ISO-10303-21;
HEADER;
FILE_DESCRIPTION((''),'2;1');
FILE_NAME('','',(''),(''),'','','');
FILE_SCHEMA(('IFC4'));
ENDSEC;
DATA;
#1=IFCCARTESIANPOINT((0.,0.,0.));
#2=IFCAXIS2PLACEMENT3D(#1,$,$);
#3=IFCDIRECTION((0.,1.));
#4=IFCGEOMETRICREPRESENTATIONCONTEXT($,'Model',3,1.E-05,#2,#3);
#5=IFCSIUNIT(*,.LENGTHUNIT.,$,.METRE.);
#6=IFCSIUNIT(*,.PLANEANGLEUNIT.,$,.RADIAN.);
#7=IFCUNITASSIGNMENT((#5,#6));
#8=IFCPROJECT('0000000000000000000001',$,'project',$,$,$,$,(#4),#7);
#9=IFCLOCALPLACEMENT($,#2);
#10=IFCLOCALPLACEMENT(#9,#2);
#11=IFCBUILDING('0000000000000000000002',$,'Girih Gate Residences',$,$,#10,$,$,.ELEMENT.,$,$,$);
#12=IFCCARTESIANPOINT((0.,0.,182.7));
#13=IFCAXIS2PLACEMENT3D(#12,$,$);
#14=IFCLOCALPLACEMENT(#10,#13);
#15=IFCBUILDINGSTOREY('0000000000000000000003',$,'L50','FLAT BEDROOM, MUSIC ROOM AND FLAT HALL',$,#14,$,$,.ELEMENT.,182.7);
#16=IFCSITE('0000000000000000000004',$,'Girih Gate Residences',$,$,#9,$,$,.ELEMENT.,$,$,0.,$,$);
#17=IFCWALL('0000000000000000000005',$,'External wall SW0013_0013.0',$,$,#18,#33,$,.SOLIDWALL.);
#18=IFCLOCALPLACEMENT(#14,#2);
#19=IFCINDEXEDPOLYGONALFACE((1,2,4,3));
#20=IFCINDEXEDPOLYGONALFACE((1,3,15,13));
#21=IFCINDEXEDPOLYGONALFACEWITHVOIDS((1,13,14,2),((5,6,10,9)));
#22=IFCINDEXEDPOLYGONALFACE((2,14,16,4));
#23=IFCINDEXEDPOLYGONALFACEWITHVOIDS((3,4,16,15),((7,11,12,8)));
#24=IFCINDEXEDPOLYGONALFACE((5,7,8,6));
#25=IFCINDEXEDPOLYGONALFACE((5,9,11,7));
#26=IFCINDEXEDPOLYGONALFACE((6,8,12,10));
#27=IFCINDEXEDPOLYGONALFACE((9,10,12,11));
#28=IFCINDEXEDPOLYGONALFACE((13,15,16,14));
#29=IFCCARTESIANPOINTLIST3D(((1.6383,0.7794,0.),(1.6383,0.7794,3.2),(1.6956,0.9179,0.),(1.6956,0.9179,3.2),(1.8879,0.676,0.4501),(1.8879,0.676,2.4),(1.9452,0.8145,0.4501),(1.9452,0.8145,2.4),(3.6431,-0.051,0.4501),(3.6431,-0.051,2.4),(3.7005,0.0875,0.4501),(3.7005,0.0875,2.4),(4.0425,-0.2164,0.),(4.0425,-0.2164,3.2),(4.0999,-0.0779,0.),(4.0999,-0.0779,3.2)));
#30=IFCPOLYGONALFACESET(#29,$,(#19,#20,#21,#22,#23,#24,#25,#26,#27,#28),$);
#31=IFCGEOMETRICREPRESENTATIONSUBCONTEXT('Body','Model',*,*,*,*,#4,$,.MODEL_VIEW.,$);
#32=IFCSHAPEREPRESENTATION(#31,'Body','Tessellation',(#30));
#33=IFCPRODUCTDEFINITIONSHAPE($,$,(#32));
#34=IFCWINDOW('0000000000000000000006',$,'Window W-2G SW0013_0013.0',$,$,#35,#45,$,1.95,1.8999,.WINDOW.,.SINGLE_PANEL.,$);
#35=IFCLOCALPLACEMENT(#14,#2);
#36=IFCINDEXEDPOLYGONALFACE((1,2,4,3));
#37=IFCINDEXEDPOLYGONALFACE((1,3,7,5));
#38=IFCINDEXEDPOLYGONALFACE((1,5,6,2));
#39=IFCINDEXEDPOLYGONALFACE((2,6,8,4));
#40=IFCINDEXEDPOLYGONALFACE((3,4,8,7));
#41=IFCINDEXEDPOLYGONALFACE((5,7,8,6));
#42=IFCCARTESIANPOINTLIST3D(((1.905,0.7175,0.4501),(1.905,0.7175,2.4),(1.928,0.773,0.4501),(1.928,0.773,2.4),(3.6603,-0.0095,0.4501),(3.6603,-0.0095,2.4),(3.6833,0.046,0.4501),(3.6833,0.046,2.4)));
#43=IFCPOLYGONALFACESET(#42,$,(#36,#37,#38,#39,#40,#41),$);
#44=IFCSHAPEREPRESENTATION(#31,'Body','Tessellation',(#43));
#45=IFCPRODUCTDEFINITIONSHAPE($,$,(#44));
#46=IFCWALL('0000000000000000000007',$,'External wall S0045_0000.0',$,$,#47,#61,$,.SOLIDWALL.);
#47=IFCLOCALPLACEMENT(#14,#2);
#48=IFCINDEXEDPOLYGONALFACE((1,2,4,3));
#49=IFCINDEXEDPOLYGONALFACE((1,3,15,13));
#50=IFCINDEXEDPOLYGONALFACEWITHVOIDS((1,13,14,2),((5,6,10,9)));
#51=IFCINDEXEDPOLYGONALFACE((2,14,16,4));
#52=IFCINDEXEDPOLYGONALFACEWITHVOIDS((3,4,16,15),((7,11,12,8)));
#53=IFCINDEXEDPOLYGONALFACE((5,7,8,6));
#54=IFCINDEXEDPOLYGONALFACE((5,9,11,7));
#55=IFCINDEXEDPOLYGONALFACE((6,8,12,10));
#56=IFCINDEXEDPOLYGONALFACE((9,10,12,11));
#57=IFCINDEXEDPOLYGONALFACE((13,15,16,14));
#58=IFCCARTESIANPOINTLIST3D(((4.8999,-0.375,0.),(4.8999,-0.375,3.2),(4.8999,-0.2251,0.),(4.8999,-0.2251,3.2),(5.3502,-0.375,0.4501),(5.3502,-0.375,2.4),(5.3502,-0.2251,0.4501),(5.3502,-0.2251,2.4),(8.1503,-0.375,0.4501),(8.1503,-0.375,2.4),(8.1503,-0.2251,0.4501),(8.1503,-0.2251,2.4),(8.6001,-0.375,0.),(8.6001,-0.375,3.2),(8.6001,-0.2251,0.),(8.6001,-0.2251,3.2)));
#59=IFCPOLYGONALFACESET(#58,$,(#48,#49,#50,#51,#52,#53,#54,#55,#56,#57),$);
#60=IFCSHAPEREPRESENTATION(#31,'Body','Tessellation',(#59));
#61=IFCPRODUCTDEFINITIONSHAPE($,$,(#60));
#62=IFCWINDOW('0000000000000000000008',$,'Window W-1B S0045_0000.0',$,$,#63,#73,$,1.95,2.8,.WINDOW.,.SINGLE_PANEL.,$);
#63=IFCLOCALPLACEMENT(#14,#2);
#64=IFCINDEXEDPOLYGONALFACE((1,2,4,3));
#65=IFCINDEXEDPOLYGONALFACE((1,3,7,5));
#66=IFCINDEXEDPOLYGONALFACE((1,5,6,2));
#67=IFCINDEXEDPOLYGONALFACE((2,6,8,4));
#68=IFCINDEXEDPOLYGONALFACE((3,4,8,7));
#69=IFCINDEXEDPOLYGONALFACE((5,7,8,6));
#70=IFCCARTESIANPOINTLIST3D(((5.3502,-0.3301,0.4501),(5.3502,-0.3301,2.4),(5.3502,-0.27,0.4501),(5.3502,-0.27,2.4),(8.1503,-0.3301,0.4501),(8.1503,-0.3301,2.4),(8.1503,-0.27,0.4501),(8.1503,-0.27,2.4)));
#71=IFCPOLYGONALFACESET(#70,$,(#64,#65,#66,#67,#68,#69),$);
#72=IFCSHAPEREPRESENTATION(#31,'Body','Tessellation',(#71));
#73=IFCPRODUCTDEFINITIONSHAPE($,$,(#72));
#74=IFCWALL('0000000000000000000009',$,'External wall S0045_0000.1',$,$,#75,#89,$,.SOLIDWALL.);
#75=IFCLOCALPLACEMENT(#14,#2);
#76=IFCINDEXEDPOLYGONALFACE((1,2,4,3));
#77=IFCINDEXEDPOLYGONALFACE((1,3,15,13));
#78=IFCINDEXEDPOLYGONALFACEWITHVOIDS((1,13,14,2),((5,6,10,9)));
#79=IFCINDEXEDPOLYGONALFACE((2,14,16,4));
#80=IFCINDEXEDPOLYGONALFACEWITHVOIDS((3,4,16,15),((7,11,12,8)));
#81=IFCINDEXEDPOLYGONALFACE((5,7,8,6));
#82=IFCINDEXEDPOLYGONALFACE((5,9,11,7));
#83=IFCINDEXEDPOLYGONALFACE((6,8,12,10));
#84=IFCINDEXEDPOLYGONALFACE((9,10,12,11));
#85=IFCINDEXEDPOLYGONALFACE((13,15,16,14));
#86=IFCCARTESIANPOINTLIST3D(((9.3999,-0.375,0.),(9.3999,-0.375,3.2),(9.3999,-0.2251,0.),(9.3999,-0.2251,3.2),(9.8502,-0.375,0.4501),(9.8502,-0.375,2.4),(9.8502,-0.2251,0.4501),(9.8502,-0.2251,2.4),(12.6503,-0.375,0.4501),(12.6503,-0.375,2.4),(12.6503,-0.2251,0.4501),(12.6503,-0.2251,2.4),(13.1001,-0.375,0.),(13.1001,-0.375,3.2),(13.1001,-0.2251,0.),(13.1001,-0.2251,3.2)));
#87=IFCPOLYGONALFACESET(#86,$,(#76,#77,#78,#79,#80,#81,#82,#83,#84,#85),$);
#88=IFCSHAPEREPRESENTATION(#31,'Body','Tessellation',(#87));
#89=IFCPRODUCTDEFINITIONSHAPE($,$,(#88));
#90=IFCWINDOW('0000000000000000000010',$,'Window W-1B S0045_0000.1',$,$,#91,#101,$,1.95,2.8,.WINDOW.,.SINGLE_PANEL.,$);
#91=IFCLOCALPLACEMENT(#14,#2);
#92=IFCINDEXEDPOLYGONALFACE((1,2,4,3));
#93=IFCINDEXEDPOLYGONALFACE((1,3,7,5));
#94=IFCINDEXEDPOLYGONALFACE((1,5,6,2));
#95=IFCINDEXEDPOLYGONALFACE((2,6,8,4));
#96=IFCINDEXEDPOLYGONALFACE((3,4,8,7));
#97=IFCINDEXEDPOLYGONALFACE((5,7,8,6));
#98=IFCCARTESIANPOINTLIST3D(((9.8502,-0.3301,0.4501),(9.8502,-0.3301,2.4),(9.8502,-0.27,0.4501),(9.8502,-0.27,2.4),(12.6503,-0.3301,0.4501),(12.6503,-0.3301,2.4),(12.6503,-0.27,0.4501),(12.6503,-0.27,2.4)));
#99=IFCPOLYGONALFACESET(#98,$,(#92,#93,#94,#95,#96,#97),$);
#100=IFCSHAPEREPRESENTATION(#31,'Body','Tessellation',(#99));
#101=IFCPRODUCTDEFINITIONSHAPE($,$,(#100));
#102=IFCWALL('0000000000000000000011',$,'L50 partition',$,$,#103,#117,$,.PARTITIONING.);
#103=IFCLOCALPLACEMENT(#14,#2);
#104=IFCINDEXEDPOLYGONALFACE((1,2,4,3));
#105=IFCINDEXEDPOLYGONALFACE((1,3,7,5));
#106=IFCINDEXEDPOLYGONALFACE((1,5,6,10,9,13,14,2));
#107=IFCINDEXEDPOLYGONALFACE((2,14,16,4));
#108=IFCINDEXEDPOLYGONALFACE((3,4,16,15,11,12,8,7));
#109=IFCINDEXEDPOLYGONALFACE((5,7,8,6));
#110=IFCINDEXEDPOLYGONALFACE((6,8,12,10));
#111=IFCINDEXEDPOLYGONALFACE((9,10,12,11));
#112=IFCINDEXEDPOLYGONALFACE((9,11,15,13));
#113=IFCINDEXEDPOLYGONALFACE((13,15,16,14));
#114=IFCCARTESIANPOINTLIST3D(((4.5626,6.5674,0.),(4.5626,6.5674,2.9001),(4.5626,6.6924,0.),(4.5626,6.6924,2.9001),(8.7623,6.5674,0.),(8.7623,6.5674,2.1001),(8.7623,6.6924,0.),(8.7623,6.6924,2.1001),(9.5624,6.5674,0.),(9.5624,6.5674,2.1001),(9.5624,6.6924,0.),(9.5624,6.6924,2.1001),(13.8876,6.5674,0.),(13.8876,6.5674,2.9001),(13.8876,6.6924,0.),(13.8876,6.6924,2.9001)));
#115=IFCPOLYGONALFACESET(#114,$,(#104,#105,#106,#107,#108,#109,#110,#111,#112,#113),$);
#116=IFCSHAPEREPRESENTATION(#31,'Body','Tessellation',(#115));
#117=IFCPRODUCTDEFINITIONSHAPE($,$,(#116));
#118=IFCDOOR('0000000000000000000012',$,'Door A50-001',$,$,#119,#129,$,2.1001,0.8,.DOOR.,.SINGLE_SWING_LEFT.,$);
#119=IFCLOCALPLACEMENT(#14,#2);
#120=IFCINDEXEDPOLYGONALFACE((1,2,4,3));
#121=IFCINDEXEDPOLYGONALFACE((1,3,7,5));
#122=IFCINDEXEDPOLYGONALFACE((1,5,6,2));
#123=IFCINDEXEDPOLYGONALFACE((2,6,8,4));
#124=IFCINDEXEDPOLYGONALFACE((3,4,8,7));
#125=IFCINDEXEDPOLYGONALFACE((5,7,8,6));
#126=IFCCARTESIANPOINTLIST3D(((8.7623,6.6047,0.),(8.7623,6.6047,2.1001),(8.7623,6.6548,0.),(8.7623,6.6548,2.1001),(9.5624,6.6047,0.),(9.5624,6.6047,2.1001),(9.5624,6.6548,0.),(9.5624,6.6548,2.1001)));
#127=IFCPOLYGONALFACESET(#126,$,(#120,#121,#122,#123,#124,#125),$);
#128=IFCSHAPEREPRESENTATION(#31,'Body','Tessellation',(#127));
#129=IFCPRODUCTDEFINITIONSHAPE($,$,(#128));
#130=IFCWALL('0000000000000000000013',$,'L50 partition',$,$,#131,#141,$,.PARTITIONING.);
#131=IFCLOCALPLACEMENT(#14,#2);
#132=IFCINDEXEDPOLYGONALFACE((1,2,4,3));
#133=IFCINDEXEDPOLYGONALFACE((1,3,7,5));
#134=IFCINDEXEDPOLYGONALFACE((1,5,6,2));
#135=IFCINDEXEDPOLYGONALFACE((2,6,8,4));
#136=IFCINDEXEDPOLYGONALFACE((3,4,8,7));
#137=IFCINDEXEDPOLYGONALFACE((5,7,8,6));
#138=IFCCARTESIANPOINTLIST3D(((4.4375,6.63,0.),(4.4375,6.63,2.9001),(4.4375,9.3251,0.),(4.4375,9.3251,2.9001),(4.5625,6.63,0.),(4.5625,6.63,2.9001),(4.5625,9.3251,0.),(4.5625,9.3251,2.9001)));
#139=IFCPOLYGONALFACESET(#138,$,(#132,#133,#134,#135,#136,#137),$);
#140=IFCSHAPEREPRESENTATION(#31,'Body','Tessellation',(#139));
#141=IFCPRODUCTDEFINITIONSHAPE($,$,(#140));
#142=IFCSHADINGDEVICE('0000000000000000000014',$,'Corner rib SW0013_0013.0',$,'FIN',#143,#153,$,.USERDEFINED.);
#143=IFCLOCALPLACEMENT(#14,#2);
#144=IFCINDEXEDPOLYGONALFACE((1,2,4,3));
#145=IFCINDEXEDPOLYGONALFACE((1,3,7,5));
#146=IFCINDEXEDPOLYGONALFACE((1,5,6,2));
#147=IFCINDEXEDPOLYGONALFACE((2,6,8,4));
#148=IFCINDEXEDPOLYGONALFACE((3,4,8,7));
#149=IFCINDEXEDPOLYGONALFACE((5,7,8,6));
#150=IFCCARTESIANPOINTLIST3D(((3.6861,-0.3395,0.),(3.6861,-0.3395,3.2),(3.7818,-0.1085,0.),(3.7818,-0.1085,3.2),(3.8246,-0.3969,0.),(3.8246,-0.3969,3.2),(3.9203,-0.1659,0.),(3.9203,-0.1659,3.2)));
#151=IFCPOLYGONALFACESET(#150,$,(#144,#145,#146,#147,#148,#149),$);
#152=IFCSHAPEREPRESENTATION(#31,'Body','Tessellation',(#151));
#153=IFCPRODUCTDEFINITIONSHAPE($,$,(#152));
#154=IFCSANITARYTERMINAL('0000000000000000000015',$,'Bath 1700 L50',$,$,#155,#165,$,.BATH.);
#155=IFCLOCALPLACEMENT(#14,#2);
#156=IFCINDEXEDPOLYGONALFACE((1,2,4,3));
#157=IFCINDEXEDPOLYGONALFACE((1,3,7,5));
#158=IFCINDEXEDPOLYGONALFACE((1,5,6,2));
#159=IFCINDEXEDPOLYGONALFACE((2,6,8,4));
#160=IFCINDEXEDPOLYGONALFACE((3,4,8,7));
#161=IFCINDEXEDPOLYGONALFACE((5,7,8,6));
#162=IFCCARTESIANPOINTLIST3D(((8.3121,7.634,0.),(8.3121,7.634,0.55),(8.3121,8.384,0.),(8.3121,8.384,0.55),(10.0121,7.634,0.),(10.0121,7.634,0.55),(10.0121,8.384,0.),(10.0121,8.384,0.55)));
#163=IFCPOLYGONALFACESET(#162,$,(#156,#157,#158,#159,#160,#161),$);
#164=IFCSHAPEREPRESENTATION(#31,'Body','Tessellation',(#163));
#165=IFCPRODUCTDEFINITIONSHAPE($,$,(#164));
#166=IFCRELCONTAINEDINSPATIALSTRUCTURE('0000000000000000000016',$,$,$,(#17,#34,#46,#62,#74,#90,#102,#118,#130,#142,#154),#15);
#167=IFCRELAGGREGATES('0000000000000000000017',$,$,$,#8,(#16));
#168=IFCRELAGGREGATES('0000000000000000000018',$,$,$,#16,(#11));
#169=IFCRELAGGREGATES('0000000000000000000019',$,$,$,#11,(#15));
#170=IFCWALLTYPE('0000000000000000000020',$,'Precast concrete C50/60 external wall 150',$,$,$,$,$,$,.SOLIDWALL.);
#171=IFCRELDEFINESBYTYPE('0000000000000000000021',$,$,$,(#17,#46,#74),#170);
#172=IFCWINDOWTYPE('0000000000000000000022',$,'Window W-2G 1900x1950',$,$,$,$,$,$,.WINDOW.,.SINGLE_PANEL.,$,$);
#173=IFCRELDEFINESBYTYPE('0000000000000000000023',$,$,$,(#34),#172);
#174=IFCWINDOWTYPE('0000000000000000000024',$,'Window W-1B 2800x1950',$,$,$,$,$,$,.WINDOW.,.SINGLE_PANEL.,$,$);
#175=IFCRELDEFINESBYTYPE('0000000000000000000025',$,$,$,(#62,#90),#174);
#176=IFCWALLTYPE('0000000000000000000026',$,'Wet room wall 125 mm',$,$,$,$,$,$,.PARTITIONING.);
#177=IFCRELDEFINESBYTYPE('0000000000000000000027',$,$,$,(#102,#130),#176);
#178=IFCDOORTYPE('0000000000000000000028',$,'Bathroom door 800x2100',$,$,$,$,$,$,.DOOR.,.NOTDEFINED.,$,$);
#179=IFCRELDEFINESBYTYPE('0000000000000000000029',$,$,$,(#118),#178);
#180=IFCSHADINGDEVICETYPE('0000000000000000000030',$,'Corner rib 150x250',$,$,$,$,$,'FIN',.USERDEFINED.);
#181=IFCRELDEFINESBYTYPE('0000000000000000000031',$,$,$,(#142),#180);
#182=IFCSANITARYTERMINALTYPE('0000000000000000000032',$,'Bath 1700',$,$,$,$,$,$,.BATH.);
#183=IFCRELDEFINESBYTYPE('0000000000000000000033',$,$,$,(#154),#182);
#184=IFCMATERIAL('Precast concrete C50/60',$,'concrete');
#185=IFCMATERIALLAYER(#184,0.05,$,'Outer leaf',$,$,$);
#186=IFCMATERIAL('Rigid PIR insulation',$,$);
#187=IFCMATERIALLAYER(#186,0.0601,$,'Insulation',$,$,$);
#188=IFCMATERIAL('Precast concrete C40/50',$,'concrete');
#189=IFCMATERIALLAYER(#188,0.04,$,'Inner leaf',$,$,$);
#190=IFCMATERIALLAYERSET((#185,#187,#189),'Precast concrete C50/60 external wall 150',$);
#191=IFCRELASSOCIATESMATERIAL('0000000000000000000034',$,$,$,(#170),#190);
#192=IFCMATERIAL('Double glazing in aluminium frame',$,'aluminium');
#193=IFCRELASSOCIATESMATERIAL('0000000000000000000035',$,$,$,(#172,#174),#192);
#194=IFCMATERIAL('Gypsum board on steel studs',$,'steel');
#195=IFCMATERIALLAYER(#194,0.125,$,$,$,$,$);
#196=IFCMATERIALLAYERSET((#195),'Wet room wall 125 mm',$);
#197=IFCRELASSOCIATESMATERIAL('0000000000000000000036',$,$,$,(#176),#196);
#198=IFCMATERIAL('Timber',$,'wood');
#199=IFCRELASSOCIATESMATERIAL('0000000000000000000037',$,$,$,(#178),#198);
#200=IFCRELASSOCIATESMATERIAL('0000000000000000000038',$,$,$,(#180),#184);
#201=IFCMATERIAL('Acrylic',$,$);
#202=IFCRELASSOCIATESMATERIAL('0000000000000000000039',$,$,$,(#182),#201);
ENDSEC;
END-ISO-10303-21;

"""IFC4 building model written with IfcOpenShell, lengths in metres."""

from ifc_helpers import new_model, si_unit, direction, frame, frame_2d, origin, origin_2d, place, context, subcontext, project, spatial, rectangle, extrude, material, layer, layer_set, type_object, element, fill, save


model = new_model("IFC4")

# Units and contexts
model_context = context("Model", 3, precision=1e-05, world=origin(), true_north=direction((0.0, 1.0)))
body_context = subcontext(model_context, "Body", "Model", "MODEL_VIEW")
ifc_project = project(units=[si_unit("LENGTHUNIT", "METRE"), si_unit("PLANEANGLEUNIT", "RADIAN")], contexts=[model_context])

# Site, building, storey
site_placement = place(None, origin())
site = spatial("IfcSite", under=ifc_project, at=site_placement, Name="Girih Gate Residences", CompositionType="ELEMENT", RefElevation=0.0)
building_placement = place(site_placement, origin())
building = spatial("IfcBuilding", under=site, at=building_placement, Name="Girih Gate Residences", CompositionType="ELEMENT")
storey_placement = place(building_placement, frame((0.0, 0.0, 182.7)))
storey = spatial("IfcBuildingStorey", under=building, at=storey_placement, Name="L50", Description="FLAT BEDROOM, MUSIC ROOM AND FLAT HALL", CompositionType="ELEMENT", Elevation=182.7)

# Shared definitions
ifc_material_1 = material(Name="Gypsum board on steel studs", Category="steel")

# Shared definitions
ifc_material_2 = material(Name="Timber", Category="wood")

# Walls, openings, windows
ifc_material_3 = material(Name="Precast concrete C50/60", Category="concrete")
ifc_layer_1 = layer(ifc_material_3, 0.05, Name="Outer leaf")
ifc_material_4 = material(Name="Rigid PIR insulation")
ifc_layer_2 = layer(ifc_material_4, 0.0601, Name="Insulation")
ifc_material_5 = material(Name="Precast concrete C40/50", Category="concrete")
ifc_layer_3 = layer(ifc_material_5, 0.04, Name="Inner leaf")
ifc_layer_set_1 = layer_set([ifc_layer_1, ifc_layer_2, ifc_layer_3], Name="Precast concrete C50/60 external wall 150")
wall_type_1 = type_object("IfcWallType", Name="Precast concrete C50/60 external wall 150", PredefinedType="SOLIDWALL", material=ifc_layer_set_1)
wall_1_placement = place(storey_placement, frame((4.0713, -0.1472, 0.0), z_axis=(0.0, 0.0, 1.0), x_axis=(-0.923885, 0.382669, 0.0)))
wall_1 = element("IfcWall", 1, at=wall_1_placement, inside=storey, type_object=wall_type_1, Name="External wall SW0013_0013.0", PredefinedType="SOLIDWALL", context=body_context, shape_type="SweptSolid", body=[
    extrude(rectangle(XDim=2.6023, YDim=0.1499, at=frame_2d((1.3013, 0.0))), origin(), (0.0, 0.0, 1.0), 3.2),
])
opening_1_placement = place(wall_1_placement, frame((0.4324, 0.0, 0.45)))
opening_1 = element("IfcOpeningElement", 2, at=opening_1_placement, cuts=wall_1, PredefinedType="OPENING", context=body_context, shape_type="SweptSolid", body=[
    extrude(rectangle(XDim=1.8999, YDim=1.95, at=frame_2d((0.95, 0.9751))), frame((0.0, 0.085, 0.0), z_axis=(0.0, -1.0, 0.0), x_axis=(1.0, 0.0, 0.0)), (0.0, 0.0, 1.0), 0.1699),
])
ifc_material_6 = material(Name="Double glazing in aluminium frame", Category="aluminium")
window_type_1 = type_object("IfcWindowType", Name="Window W-2G 1900x1950", PartitioningType="SINGLE_PANEL", PredefinedType="WINDOW", material=ifc_material_6)
window_1_placement = place(opening_1_placement, origin())
window_1 = element("IfcWindow", 3, at=window_1_placement, inside=storey, type_object=window_type_1, Name="Window W-2G SW0013_0013.0", OverallHeight=1.95, OverallWidth=1.8999, PartitioningType="SINGLE_PANEL", PredefinedType="WINDOW", context=body_context, shape_type="SweptSolid", body=[
    extrude(rectangle(XDim=1.8999, YDim=1.95, at=frame_2d((0.95, 0.9751))), frame((0.0, 0.03, 0.0), z_axis=(0.0, -1.0, 0.0), x_axis=(1.0, 0.0, 0.0)), (0.0, 0.0, 1.0), 0.0601),
])
fill(opening_1, window_1)
wall_2_placement = place(storey_placement, frame((8.6001, -0.3, 0.0), z_axis=(0.0, 0.0, 1.0), x_axis=(-1.0, 0.0, 0.0)))
wall_2 = element("IfcWall", 4, at=wall_2_placement, inside=storey, type_object=wall_type_1, Name="External wall S0045_0000.0", PredefinedType="SOLIDWALL", context=body_context, shape_type="SweptSolid", body=[
    extrude(rectangle(XDim=3.7002, YDim=0.1499, at=frame_2d((1.8501, 0.0))), origin(), (0.0, 0.0, 1.0), 3.2),
])
opening_2_placement = place(wall_2_placement, frame((0.45, 0.0, 0.45)))
opening_2 = element("IfcOpeningElement", 5, at=opening_2_placement, cuts=wall_2, PredefinedType="OPENING", context=body_context, shape_type="SweptSolid", body=[
    extrude(rectangle(XDim=2.8, YDim=1.95, at=frame_2d((1.3999, 0.9751))), frame((0.0, 0.085, 0.0), z_axis=(0.0, -1.0, 0.0), x_axis=(1.0, 0.0, 0.0)), (0.0, 0.0, 1.0), 0.1699),
])
window_type_2 = type_object("IfcWindowType", Name="Window W-1B 2800x1950", PartitioningType="SINGLE_PANEL", PredefinedType="WINDOW", material=ifc_material_6)
window_2_placement = place(opening_2_placement, origin())
window_2 = element("IfcWindow", 6, at=window_2_placement, inside=storey, type_object=window_type_2, Name="Window W-1B S0045_0000.0", OverallHeight=1.95, OverallWidth=2.8, PartitioningType="SINGLE_PANEL", PredefinedType="WINDOW", context=body_context, shape_type="SweptSolid", body=[
    extrude(rectangle(XDim=2.8, YDim=1.95, at=frame_2d((1.3999, 0.9751))), frame((0.0, 0.03, 0.0), z_axis=(0.0, -1.0, 0.0), x_axis=(1.0, 0.0, 0.0)), (0.0, 0.0, 1.0), 0.0601),
])
fill(opening_2, window_2)
wall_3_placement = place(storey_placement, frame((13.1001, -0.3, 0.0), z_axis=(0.0, 0.0, 1.0), x_axis=(-1.0, 0.0, 0.0)))
wall_3 = element("IfcWall", 7, at=wall_3_placement, inside=storey, type_object=wall_type_1, Name="External wall S0045_0000.1", PredefinedType="SOLIDWALL", context=body_context, shape_type="SweptSolid", body=[
    extrude(rectangle(XDim=3.7002, YDim=0.1499, at=frame_2d((1.8501, 0.0))), origin(), (0.0, 0.0, 1.0), 3.2),
])
opening_3_placement = place(wall_3_placement, frame((0.45, 0.0, 0.45)))
opening_3 = element("IfcOpeningElement", 8, at=opening_3_placement, cuts=wall_3, PredefinedType="OPENING", context=body_context, shape_type="SweptSolid", body=[
    extrude(rectangle(XDim=2.8, YDim=1.95, at=frame_2d((1.3999, 0.9751))), frame((0.0, 0.085, 0.0), z_axis=(0.0, -1.0, 0.0), x_axis=(1.0, 0.0, 0.0)), (0.0, 0.0, 1.0), 0.1699),
])
window_3_placement = place(opening_3_placement, origin())
window_3 = element("IfcWindow", 9, at=window_3_placement, inside=storey, type_object=window_type_2, Name="Window W-1B S0045_0000.1", OverallHeight=1.95, OverallWidth=2.8, PartitioningType="SINGLE_PANEL", PredefinedType="WINDOW", context=body_context, shape_type="SweptSolid", body=[
    extrude(rectangle(XDim=2.8, YDim=1.95, at=frame_2d((1.3999, 0.9751))), frame((0.0, 0.03, 0.0), z_axis=(0.0, -1.0, 0.0), x_axis=(1.0, 0.0, 0.0)), (0.0, 0.0, 1.0), 0.0601),
])
fill(opening_3, window_3)

# Wall, opening, door
ifc_layer_4 = layer(ifc_material_1, 0.125)
ifc_layer_set_2 = layer_set([ifc_layer_4], Name="Wet room wall 125 mm")
wall_type_2 = type_object("IfcWallType", Name="Wet room wall 125 mm", PredefinedType="PARTITIONING", material=ifc_layer_set_2)
wall_4_placement = place(storey_placement, frame((4.5625, 6.6299, 0.0), z_axis=(0.0, 0.0, 1.0), x_axis=(1.0, 0.0, 0.0)))
wall_4 = element("IfcWall", 10, at=wall_4_placement, inside=storey, type_object=wall_type_2, Name="L50 partition", PredefinedType="PARTITIONING", context=body_context, shape_type="SweptSolid", body=[
    extrude(rectangle(XDim=9.325, YDim=0.125, at=frame_2d((4.6626, 0.0))), origin(), (0.0, 0.0, 1.0), 2.9001),
])
opening_4_placement = place(wall_4_placement, frame((4.2, 0.0, 0.0)))
opening_4 = element("IfcOpeningElement", 11, at=opening_4_placement, cuts=wall_4, PredefinedType="OPENING", context=body_context, shape_type="SweptSolid", body=[
    extrude(rectangle(XDim=0.8, YDim=2.1001, at=frame_2d((0.3999, 1.05))), frame((0.0, 0.0725, 0.0), z_axis=(0.0, -1.0, 0.0), x_axis=(1.0, 0.0, 0.0)), (0.0, 0.0, 1.0), 0.145),
])
door_type_1 = type_object("IfcDoorType", Name="Bathroom door 800x2100", OperationType="NOTDEFINED", PredefinedType="DOOR", material=ifc_material_2)
door_1_placement = place(opening_4_placement, origin())
door_1 = element("IfcDoor", 12, at=door_1_placement, inside=storey, type_object=door_type_1, Name="Door A50-001", OperationType="SINGLE_SWING_LEFT", OverallHeight=2.1001, OverallWidth=0.8, PredefinedType="DOOR", context=body_context, shape_type="SweptSolid", body=[
    extrude(rectangle(XDim=0.8, YDim=2.1001, at=frame_2d((0.3999, 1.05))), frame((0.0, 0.0249, 0.0), z_axis=(0.0, -1.0, 0.0), x_axis=(1.0, 0.0, 0.0)), (0.0, 0.0, 1.0), 0.05),
])
fill(opening_4, door_1)

# Wall
wall_5_placement = place(storey_placement, frame((4.5, 6.6299, 0.0), z_axis=(0.0, 0.0, 1.0), x_axis=(0.0, 1.0, 0.0)))
element("IfcWall", 13, at=wall_5_placement, inside=storey, type_object=wall_type_2, Name="L50 partition", PredefinedType="PARTITIONING", context=body_context, shape_type="SweptSolid", body=[
    extrude(rectangle(XDim=2.6951, YDim=0.125, at=frame_2d((1.3477, 0.0))), origin(), (0.0, 0.0, 1.0), 2.9001),
])

# Shading device
shading_device_type = type_object("IfcShadingDeviceType", Name="Corner rib 150x250", ElementType="FIN", PredefinedType="USERDEFINED", material=ifc_material_3)
shading_device_placement = place(storey_placement, frame((3.8032, -0.2527, 0.0), z_axis=(0.0, 0.0, 1.0), x_axis=(0.92388, -0.382683, 0.0)))
element("IfcShadingDevice", 14, at=shading_device_placement, inside=storey, type_object=shading_device_type, Name="Corner rib SW0013_0013.0", ObjectType="FIN", PredefinedType="USERDEFINED", context=body_context, shape_type="SweptSolid", body=[
    extrude(rectangle(XDim=0.1499, YDim=0.25, at=origin_2d()), origin(), (0.0, 0.0, 1.0), 3.2),
])

# Sanitary terminal
ifc_material_7 = material(Name="Acrylic")
sanitary_terminal_type = type_object("IfcSanitaryTerminalType", Name="Bath 1700", PredefinedType="BATH", material=ifc_material_7)
sanitary_terminal_placement = place(storey_placement, frame((9.1621, 8.009, 0.0), z_axis=(0.0, 0.0, 1.0), x_axis=(1.0, 0.0, 0.0)))
element("IfcSanitaryTerminal", 15, at=sanitary_terminal_placement, inside=storey, type_object=sanitary_terminal_type, Name="Bath 1700 L50", PredefinedType="BATH", context=body_context, shape_type="SweptSolid", body=[
    extrude(rectangle(XDim=1.7, YDim=0.75, at=origin_2d()), origin(), (0.0, 0.0, 1.0), 0.55),
])

save(model, "model.ifc")
